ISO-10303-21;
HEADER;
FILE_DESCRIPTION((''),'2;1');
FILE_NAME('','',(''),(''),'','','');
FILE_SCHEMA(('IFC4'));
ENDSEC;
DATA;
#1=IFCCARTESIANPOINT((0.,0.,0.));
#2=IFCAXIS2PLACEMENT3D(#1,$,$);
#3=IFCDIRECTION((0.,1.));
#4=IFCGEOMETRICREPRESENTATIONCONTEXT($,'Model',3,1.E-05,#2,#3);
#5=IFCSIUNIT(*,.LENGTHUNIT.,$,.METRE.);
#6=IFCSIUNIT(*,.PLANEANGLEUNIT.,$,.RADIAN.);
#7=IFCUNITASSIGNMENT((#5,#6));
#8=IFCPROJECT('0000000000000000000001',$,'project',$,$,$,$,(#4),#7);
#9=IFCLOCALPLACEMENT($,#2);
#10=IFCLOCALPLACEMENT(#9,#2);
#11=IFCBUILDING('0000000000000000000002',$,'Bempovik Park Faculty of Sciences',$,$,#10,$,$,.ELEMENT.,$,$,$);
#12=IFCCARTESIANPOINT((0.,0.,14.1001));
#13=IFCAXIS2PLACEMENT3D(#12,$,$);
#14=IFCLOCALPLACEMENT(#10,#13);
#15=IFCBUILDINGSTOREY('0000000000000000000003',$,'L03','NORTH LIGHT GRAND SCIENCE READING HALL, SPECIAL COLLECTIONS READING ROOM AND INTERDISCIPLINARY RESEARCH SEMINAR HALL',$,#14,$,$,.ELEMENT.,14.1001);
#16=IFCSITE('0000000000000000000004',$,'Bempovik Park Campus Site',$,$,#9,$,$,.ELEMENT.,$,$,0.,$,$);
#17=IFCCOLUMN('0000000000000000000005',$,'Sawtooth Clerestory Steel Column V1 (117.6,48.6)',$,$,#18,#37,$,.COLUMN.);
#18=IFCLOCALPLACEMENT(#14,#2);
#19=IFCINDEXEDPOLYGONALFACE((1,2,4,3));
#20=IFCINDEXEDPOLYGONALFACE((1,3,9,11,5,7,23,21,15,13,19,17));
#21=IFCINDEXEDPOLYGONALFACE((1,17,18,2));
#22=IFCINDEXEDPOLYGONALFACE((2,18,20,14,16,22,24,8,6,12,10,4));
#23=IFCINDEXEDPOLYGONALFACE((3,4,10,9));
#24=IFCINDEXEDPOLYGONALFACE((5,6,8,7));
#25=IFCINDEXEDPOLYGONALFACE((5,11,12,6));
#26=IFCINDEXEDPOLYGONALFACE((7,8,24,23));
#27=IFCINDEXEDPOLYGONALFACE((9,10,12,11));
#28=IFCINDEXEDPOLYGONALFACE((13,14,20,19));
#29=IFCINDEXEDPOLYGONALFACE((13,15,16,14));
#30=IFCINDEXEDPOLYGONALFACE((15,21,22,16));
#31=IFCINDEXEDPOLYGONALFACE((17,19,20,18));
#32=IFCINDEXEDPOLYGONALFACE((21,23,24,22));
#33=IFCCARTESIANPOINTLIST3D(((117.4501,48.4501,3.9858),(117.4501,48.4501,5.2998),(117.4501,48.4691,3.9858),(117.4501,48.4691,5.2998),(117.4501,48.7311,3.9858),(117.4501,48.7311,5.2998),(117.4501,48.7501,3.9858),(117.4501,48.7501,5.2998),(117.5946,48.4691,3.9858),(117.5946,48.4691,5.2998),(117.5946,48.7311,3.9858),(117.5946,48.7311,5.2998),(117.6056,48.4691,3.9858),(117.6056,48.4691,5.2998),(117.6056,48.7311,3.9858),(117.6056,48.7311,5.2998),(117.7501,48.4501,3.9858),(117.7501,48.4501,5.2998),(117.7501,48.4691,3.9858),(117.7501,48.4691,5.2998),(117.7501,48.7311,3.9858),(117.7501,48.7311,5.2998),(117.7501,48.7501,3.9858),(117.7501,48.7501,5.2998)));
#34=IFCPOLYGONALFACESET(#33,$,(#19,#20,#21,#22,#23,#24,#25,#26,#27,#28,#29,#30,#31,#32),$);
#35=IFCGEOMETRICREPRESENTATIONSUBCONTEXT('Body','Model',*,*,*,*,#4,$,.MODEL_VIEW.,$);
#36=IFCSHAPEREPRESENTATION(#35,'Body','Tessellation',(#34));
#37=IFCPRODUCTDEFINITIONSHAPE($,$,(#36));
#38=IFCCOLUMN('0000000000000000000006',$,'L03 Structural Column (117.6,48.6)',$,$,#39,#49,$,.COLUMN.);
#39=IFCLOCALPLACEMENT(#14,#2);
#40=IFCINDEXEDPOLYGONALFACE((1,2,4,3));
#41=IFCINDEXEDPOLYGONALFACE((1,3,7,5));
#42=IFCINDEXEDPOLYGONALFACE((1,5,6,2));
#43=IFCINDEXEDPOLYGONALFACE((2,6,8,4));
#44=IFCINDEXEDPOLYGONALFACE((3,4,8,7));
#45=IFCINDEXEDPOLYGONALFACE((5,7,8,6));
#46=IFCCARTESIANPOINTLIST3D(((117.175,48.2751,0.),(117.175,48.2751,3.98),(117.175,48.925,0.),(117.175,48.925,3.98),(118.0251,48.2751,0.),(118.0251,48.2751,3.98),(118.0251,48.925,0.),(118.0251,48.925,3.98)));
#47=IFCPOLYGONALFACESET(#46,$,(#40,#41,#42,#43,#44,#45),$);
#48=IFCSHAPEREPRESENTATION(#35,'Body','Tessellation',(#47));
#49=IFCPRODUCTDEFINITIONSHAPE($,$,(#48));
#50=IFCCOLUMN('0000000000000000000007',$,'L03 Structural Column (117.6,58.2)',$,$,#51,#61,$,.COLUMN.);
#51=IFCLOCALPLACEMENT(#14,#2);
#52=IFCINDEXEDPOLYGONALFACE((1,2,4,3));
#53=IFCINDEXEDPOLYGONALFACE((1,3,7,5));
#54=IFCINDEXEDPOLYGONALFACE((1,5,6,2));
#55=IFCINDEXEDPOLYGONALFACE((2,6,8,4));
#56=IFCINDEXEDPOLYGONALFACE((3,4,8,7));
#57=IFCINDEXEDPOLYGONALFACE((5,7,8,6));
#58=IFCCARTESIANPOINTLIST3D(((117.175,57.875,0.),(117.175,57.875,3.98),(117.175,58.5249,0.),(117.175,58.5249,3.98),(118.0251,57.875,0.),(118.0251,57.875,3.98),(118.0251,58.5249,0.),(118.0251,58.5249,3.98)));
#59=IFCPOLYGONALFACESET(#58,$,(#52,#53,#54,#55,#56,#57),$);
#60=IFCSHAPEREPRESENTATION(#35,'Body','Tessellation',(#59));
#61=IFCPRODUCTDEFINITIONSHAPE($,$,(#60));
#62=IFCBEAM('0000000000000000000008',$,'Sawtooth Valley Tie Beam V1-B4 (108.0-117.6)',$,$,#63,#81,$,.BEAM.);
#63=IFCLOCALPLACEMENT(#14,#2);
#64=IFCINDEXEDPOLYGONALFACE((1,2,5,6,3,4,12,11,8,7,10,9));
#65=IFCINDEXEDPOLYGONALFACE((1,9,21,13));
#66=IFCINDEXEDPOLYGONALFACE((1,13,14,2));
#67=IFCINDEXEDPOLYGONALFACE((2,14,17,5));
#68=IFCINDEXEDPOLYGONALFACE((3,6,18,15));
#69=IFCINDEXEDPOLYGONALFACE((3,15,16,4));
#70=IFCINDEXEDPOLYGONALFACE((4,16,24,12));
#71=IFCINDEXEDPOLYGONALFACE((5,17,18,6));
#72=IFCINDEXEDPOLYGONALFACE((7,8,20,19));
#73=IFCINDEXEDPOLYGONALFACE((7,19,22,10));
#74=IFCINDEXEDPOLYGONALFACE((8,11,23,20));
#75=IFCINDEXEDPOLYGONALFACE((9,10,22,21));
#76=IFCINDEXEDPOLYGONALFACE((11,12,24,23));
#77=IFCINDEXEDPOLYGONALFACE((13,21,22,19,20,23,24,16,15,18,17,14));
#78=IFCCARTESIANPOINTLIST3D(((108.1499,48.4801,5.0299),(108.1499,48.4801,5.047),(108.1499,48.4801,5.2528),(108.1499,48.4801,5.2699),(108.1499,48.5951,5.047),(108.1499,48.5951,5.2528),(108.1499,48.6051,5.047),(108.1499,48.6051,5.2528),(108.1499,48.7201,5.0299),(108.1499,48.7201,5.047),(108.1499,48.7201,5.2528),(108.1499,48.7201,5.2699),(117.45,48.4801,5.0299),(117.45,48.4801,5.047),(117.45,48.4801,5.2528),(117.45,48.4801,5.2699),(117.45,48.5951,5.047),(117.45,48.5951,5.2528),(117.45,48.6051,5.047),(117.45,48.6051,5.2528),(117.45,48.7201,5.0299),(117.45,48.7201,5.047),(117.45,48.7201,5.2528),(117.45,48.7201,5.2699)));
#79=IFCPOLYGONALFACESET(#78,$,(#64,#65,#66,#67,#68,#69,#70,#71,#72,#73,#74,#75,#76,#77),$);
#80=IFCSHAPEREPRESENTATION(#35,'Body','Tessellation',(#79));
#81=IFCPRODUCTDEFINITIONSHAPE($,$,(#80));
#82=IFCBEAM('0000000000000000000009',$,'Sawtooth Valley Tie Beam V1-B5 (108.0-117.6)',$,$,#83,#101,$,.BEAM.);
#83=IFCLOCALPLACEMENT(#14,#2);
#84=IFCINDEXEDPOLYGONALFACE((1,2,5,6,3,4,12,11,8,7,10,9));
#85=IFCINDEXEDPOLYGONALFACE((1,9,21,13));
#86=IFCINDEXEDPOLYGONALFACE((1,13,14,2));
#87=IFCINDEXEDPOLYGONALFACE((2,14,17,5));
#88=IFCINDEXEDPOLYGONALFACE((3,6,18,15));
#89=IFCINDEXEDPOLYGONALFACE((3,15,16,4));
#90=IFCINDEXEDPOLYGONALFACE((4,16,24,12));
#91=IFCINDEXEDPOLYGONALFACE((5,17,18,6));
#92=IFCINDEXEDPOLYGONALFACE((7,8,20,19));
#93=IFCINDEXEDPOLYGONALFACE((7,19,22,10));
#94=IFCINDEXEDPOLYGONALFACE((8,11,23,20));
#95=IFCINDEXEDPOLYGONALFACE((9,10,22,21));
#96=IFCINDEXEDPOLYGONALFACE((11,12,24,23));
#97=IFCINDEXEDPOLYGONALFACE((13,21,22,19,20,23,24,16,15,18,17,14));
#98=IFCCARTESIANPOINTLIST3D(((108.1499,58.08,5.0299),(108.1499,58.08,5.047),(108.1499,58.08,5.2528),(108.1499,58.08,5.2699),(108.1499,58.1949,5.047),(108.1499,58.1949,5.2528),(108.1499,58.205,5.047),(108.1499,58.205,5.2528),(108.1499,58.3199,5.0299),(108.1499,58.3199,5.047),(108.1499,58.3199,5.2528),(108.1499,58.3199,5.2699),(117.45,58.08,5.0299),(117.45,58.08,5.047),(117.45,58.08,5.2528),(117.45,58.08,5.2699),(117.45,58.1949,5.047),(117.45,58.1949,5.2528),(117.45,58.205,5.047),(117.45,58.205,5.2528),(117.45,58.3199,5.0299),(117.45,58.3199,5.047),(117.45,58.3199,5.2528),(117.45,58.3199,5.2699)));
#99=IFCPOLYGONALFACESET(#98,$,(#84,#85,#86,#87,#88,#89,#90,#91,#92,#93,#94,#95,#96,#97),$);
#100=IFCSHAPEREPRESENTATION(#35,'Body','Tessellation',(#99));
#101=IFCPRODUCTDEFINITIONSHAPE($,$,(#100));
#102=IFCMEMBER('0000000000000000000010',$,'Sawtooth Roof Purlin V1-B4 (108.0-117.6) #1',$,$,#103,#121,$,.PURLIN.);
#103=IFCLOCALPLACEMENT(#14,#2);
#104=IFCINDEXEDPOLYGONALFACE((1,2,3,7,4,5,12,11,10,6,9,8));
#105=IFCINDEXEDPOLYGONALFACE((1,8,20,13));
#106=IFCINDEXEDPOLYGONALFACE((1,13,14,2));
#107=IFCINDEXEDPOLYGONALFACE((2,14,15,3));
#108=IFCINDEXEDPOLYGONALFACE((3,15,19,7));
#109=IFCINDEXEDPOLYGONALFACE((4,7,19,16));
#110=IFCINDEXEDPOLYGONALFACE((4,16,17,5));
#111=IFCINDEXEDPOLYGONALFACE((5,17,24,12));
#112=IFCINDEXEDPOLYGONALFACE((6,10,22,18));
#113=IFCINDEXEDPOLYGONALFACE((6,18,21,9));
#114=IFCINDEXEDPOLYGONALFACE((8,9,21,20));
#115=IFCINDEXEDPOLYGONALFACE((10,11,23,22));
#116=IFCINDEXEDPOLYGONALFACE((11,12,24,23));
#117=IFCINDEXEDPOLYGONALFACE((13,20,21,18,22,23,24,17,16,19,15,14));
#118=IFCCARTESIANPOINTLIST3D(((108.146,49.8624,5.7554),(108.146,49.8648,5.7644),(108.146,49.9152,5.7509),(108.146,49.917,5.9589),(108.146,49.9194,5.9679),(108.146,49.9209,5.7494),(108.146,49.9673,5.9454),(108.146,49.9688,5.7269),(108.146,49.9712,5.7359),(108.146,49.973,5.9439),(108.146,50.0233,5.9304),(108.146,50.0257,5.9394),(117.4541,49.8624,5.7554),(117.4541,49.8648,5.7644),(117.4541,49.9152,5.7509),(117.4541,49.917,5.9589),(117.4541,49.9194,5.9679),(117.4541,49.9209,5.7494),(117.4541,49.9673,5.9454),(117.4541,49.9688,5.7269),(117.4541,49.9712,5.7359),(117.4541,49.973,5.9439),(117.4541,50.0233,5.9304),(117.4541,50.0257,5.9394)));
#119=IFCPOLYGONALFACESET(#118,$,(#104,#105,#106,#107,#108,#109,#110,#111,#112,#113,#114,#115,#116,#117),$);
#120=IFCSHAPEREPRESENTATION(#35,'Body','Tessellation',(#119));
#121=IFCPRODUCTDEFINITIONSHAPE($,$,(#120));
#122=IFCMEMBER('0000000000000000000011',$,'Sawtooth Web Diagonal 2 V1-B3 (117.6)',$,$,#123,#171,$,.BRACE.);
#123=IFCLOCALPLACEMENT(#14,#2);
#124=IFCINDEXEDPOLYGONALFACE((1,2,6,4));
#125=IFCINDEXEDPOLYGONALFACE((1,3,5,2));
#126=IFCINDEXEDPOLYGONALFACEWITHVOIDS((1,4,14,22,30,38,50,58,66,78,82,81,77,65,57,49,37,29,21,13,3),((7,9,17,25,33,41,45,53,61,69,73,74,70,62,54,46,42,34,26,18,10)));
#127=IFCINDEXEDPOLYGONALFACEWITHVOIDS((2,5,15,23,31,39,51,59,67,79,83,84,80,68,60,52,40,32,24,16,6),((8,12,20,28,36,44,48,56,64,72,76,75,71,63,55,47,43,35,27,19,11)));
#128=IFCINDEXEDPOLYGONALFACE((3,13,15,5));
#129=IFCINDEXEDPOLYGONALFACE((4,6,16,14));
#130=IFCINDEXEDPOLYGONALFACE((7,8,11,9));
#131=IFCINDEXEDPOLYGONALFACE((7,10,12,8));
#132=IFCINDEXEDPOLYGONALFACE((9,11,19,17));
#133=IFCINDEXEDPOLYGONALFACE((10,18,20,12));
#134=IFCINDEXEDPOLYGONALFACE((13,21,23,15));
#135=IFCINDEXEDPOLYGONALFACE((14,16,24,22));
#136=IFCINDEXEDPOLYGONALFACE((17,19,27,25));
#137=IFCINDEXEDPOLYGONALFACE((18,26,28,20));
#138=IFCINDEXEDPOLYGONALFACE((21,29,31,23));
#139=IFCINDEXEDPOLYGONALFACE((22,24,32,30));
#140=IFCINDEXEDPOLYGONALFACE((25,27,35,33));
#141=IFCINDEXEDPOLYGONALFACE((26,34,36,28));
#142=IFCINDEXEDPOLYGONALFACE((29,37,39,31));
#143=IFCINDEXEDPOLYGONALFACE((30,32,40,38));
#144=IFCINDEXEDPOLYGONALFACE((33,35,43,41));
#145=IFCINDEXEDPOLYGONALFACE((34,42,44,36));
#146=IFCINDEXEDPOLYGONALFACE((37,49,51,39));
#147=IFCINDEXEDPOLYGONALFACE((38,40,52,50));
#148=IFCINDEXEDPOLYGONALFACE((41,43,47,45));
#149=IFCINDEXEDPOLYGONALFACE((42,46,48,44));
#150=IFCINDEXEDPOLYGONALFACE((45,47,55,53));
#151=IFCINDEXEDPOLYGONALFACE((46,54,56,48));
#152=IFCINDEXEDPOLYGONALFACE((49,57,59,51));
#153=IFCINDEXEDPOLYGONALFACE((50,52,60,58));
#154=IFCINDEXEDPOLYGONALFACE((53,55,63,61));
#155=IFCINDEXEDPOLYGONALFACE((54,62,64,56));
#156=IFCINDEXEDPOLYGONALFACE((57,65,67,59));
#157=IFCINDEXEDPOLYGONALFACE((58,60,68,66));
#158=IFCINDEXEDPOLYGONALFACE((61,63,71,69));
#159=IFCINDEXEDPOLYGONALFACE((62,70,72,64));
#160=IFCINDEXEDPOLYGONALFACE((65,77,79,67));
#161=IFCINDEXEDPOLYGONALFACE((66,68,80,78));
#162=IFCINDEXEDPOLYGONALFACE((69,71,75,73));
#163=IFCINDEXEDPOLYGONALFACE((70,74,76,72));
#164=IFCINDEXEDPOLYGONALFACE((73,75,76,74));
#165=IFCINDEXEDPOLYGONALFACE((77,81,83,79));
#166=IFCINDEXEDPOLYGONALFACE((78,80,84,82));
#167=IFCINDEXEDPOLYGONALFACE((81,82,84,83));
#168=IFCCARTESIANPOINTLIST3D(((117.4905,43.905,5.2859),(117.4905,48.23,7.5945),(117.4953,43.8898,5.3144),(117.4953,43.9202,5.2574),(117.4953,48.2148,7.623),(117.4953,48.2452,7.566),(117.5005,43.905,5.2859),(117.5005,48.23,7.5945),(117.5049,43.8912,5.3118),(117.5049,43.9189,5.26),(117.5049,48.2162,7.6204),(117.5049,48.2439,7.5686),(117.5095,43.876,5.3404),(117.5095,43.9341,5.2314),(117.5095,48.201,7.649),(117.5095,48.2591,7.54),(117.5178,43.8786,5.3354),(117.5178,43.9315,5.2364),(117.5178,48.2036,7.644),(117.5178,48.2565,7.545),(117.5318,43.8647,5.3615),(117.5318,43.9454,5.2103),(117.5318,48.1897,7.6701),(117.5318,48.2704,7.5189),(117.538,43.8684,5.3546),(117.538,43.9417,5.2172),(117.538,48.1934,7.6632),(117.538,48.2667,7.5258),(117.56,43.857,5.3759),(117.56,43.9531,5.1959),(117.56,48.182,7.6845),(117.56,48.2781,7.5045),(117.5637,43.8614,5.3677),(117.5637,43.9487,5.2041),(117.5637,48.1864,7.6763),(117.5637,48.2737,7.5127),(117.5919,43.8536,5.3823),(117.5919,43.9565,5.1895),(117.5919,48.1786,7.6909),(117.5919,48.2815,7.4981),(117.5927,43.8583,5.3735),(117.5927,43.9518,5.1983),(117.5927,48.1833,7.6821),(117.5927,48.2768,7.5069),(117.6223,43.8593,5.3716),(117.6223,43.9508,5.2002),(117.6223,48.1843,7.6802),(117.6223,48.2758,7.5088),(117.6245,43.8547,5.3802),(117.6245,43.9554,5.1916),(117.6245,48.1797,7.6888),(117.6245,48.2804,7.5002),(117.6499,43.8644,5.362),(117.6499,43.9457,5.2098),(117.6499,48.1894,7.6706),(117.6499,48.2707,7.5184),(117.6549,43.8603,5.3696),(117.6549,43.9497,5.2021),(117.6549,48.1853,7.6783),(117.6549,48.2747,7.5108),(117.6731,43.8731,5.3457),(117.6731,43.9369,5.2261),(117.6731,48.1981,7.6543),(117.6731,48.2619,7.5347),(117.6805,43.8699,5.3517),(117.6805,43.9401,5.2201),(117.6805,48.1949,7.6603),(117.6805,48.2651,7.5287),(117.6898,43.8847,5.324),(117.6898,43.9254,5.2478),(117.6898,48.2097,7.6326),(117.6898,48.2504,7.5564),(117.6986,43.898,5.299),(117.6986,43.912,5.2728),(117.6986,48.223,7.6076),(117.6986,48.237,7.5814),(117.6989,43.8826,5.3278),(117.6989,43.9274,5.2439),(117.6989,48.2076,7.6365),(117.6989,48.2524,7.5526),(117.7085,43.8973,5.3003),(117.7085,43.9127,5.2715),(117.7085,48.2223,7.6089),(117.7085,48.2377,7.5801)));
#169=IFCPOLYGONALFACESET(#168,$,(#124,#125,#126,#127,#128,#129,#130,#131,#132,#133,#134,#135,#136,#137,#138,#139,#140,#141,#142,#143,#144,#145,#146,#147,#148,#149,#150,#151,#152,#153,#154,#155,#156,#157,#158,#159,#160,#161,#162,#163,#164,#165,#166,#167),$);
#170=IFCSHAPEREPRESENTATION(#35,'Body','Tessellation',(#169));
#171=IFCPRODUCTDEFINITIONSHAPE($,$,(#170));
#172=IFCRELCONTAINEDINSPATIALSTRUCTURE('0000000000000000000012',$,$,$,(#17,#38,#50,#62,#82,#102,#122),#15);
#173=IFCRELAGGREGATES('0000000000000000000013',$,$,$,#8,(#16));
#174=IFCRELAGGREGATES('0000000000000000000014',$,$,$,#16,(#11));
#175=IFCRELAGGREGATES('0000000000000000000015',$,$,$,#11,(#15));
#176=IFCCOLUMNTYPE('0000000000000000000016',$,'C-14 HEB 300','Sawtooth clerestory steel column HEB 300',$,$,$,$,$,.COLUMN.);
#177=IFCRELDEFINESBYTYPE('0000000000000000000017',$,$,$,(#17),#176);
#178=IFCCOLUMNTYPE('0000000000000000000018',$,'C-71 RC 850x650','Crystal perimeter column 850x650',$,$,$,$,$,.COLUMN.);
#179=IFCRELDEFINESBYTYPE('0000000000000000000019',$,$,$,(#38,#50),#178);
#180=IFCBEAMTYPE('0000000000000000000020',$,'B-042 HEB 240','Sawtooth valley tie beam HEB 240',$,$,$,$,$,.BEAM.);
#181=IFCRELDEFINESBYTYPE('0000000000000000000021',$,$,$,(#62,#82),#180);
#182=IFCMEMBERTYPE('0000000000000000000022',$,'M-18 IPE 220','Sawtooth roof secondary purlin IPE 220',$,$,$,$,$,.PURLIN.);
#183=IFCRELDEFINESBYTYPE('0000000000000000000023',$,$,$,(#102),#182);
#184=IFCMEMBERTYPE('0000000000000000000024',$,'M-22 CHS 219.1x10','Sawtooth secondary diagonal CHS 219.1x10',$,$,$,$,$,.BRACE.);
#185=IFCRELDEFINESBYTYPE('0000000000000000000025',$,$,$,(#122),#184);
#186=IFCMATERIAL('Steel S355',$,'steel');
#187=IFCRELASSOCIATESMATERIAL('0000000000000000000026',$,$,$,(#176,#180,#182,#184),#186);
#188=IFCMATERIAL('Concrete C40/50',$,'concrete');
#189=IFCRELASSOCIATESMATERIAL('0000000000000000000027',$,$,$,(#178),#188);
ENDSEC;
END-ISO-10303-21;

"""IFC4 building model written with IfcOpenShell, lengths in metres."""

from ifc_helpers import new_model, si_unit, direction, frame, origin, origin_2d, place, context, subcontext, project, spatial, rectangle, hollow_circle, i_section, extrude, material, material_profile, profile_set, type_object, element, save


model = new_model("IFC4")

# Units and contexts
model_context = context("Model", 3, precision=1e-05, world=origin(), true_north=direction((0.0, 1.0)))
body_context = subcontext(model_context, "Body", "Model", "MODEL_VIEW")
ifc_project = project(units=[si_unit("LENGTHUNIT", "METRE"), si_unit("PLANEANGLEUNIT", "RADIAN")], contexts=[model_context])

# Site, building, storey
site_placement = place(None, origin())
site = spatial("IfcSite", under=ifc_project, at=site_placement, Name="Bempovik Park Campus Site", CompositionType="ELEMENT", RefElevation=0.0)
building_placement = place(site_placement, origin())
building = spatial("IfcBuilding", under=site, at=building_placement, Name="Bempovik Park Faculty of Sciences", CompositionType="ELEMENT")
storey_placement = place(building_placement, frame((0.0, 0.0, 14.1001)))
storey = spatial("IfcBuildingStorey", under=building, at=storey_placement, Name="L03", Description="NORTH LIGHT GRAND SCIENCE READING HALL, SPECIAL COLLECTIONS READING ROOM AND INTERDISCIPLINARY RESEARCH SEMINAR HALL", CompositionType="ELEMENT", Elevation=14.1001)

# Columns
ifc_material_1 = material(Name="Steel S355", Category="steel")
ifc_material_profile_1 = material_profile(ifc_material_1, i_section(OverallWidth=0.3, OverallDepth=0.3, WebThickness=0.011, FlangeThickness=0.019, at=origin_2d()), Name="HEB 300")
ifc_profile_set_1 = profile_set([ifc_material_profile_1], Name="Steel S355")
column_type_1 = type_object("IfcColumnType", Name="C-14 HEB 300", Description="Sawtooth clerestory steel column HEB 300", PredefinedType="COLUMN", material=ifc_profile_set_1)
column_placement = place(storey_placement, frame((117.6001, 48.6001, 3.9858), z_axis=(0.0, 0.0, 1.0), x_axis=(1.0, 0.0, 0.0)))
element("IfcColumn", 1, at=column_placement, inside=storey, type_object=column_type_1, Name="Sawtooth Clerestory Steel Column V1 (117.6,48.6)", PredefinedType="COLUMN", context=body_context, shape_type="SweptSolid", body=[
    extrude(i_section(OverallWidth=0.3, OverallDepth=0.3, WebThickness=0.011, FlangeThickness=0.019, at=origin_2d()), origin(), (0.0, 0.0, 1.0), 1.314),
])
ifc_material_2 = material(Name="Concrete C40/50", Category="concrete")
ifc_material_profile_2 = material_profile(ifc_material_2, rectangle(XDim=0.8501, YDim=0.6499, at=origin_2d()), Name="RC 850x650")
ifc_profile_set_2 = profile_set([ifc_material_profile_2], Name="Concrete C40/50")
column_type_2 = type_object("IfcColumnType", Name="C-71 RC 850x650", Description="Crystal perimeter column 850x650", PredefinedType="COLUMN", material=ifc_profile_set_2)
for number, where, z_axis, x_axis, name in (
    (2, (117.6001, 48.6001, 0.0), (0.0, 0.0, 1.0), (1.0, 0.0, 0.0), "L03 Structural Column (117.6,48.6)"),
    (3, (117.6001, 58.2, 0.0), (0.0, 0.0, 1.0), (1.0, 0.0, 0.0), "L03 Structural Column (117.6,58.2)"),
):
    element("IfcColumn", number, at=place(storey_placement, frame(where, z_axis=z_axis, x_axis=x_axis)), inside=storey, type_object=column_type_2, Name=name, PredefinedType="COLUMN", context=body_context, shape_type="SweptSolid", body=[
        extrude(rectangle(XDim=0.8501, YDim=0.6499, at=origin_2d()), origin(), (0.0, 0.0, 1.0), 3.98),
    ])

# Beams
ifc_material_profile_3 = material_profile(ifc_material_1, i_section(OverallWidth=0.24, OverallDepth=0.24, WebThickness=0.01, FlangeThickness=0.0171, at=origin_2d()), Name="HEB 240")
ifc_profile_set_3 = profile_set([ifc_material_profile_3], Name="Steel S355")
beam_type = type_object("IfcBeamType", Name="B-042 HEB 240", Description="Sawtooth valley tie beam HEB 240", PredefinedType="BEAM", material=ifc_profile_set_3)
for number, where, z_axis, x_axis, name in (
    (4, (108.1499, 48.6001, 5.1499), (1.0, 0.0, 0.0), (0.0, 1.0, 0.0), "Sawtooth Valley Tie Beam V1-B4 (108.0-117.6)"),
    (5, (108.1499, 58.2, 5.1499), (1.0, 0.0, 0.0), (0.0, 1.0, 0.0), "Sawtooth Valley Tie Beam V1-B5 (108.0-117.6)"),
):
    element("IfcBeam", number, at=place(storey_placement, frame(where, z_axis=z_axis, x_axis=x_axis)), inside=storey, type_object=beam_type, Name=name, PredefinedType="BEAM", context=body_context, shape_type="SweptSolid", body=[
        extrude(i_section(OverallWidth=0.24, OverallDepth=0.24, WebThickness=0.01, FlangeThickness=0.0171, at=origin_2d()), origin(), (0.0, 0.0, 1.0), 9.3),
    ])

# Members
ifc_material_profile_4 = material_profile(ifc_material_1, i_section(OverallWidth=0.1101, OverallDepth=0.22, WebThickness=0.0059, FlangeThickness=0.0093, at=origin_2d()), Name="IPE 220")
ifc_profile_set_4 = profile_set([ifc_material_profile_4], Name="Steel S355")
member_type_1 = type_object("IfcMemberType", Name="M-18 IPE 220", Description="Sawtooth roof secondary purlin IPE 220", PredefinedType="PURLIN", material=ifc_profile_set_4)
member_1_placement = place(storey_placement, frame((108.146, 49.9441, 5.8474), z_axis=(1.0, 0.0, 0.0), x_axis=(0.0, 0.965926, -0.258819)))
element("IfcMember", 6, at=member_1_placement, inside=storey, type_object=member_type_1, Name="Sawtooth Roof Purlin V1-B4 (108.0-117.6) #1", PredefinedType="PURLIN", context=body_context, shape_type="SweptSolid", body=[
    extrude(i_section(OverallWidth=0.1101, OverallDepth=0.22, WebThickness=0.0059, FlangeThickness=0.0093, at=origin_2d()), origin(), (0.0, 0.0, 1.0), 9.3081),
])
ifc_material_profile_5 = material_profile(ifc_material_1, hollow_circle(Radius=0.1096, WallThickness=0.01, at=origin_2d()), Name="CHS 219.1x10")
ifc_profile_set_5 = profile_set([ifc_material_profile_5], Name="Steel S355")
member_type_2 = type_object("IfcMemberType", Name="M-22 CHS 219.1x10", Description="Sawtooth secondary diagonal CHS 219.1x10", PredefinedType="BRACE", material=ifc_profile_set_5)
member_2_placement = place(storey_placement, frame((117.6001, 43.905, 5.2859), z_axis=(0.0, 0.882187, 0.470898), x_axis=(-1.0, 0.0, 0.0)))
element("IfcMember", 7, at=member_2_placement, inside=storey, type_object=member_type_2, Name="Sawtooth Web Diagonal 2 V1-B3 (117.6)", PredefinedType="BRACE", context=body_context, shape_type="SweptSolid", body=[
    extrude(hollow_circle(Radius=0.1096, WallThickness=0.01, at=origin_2d()), origin(), (0.0, 0.0, 1.0), 4.9026),
])

save(model, "model.ifc")
